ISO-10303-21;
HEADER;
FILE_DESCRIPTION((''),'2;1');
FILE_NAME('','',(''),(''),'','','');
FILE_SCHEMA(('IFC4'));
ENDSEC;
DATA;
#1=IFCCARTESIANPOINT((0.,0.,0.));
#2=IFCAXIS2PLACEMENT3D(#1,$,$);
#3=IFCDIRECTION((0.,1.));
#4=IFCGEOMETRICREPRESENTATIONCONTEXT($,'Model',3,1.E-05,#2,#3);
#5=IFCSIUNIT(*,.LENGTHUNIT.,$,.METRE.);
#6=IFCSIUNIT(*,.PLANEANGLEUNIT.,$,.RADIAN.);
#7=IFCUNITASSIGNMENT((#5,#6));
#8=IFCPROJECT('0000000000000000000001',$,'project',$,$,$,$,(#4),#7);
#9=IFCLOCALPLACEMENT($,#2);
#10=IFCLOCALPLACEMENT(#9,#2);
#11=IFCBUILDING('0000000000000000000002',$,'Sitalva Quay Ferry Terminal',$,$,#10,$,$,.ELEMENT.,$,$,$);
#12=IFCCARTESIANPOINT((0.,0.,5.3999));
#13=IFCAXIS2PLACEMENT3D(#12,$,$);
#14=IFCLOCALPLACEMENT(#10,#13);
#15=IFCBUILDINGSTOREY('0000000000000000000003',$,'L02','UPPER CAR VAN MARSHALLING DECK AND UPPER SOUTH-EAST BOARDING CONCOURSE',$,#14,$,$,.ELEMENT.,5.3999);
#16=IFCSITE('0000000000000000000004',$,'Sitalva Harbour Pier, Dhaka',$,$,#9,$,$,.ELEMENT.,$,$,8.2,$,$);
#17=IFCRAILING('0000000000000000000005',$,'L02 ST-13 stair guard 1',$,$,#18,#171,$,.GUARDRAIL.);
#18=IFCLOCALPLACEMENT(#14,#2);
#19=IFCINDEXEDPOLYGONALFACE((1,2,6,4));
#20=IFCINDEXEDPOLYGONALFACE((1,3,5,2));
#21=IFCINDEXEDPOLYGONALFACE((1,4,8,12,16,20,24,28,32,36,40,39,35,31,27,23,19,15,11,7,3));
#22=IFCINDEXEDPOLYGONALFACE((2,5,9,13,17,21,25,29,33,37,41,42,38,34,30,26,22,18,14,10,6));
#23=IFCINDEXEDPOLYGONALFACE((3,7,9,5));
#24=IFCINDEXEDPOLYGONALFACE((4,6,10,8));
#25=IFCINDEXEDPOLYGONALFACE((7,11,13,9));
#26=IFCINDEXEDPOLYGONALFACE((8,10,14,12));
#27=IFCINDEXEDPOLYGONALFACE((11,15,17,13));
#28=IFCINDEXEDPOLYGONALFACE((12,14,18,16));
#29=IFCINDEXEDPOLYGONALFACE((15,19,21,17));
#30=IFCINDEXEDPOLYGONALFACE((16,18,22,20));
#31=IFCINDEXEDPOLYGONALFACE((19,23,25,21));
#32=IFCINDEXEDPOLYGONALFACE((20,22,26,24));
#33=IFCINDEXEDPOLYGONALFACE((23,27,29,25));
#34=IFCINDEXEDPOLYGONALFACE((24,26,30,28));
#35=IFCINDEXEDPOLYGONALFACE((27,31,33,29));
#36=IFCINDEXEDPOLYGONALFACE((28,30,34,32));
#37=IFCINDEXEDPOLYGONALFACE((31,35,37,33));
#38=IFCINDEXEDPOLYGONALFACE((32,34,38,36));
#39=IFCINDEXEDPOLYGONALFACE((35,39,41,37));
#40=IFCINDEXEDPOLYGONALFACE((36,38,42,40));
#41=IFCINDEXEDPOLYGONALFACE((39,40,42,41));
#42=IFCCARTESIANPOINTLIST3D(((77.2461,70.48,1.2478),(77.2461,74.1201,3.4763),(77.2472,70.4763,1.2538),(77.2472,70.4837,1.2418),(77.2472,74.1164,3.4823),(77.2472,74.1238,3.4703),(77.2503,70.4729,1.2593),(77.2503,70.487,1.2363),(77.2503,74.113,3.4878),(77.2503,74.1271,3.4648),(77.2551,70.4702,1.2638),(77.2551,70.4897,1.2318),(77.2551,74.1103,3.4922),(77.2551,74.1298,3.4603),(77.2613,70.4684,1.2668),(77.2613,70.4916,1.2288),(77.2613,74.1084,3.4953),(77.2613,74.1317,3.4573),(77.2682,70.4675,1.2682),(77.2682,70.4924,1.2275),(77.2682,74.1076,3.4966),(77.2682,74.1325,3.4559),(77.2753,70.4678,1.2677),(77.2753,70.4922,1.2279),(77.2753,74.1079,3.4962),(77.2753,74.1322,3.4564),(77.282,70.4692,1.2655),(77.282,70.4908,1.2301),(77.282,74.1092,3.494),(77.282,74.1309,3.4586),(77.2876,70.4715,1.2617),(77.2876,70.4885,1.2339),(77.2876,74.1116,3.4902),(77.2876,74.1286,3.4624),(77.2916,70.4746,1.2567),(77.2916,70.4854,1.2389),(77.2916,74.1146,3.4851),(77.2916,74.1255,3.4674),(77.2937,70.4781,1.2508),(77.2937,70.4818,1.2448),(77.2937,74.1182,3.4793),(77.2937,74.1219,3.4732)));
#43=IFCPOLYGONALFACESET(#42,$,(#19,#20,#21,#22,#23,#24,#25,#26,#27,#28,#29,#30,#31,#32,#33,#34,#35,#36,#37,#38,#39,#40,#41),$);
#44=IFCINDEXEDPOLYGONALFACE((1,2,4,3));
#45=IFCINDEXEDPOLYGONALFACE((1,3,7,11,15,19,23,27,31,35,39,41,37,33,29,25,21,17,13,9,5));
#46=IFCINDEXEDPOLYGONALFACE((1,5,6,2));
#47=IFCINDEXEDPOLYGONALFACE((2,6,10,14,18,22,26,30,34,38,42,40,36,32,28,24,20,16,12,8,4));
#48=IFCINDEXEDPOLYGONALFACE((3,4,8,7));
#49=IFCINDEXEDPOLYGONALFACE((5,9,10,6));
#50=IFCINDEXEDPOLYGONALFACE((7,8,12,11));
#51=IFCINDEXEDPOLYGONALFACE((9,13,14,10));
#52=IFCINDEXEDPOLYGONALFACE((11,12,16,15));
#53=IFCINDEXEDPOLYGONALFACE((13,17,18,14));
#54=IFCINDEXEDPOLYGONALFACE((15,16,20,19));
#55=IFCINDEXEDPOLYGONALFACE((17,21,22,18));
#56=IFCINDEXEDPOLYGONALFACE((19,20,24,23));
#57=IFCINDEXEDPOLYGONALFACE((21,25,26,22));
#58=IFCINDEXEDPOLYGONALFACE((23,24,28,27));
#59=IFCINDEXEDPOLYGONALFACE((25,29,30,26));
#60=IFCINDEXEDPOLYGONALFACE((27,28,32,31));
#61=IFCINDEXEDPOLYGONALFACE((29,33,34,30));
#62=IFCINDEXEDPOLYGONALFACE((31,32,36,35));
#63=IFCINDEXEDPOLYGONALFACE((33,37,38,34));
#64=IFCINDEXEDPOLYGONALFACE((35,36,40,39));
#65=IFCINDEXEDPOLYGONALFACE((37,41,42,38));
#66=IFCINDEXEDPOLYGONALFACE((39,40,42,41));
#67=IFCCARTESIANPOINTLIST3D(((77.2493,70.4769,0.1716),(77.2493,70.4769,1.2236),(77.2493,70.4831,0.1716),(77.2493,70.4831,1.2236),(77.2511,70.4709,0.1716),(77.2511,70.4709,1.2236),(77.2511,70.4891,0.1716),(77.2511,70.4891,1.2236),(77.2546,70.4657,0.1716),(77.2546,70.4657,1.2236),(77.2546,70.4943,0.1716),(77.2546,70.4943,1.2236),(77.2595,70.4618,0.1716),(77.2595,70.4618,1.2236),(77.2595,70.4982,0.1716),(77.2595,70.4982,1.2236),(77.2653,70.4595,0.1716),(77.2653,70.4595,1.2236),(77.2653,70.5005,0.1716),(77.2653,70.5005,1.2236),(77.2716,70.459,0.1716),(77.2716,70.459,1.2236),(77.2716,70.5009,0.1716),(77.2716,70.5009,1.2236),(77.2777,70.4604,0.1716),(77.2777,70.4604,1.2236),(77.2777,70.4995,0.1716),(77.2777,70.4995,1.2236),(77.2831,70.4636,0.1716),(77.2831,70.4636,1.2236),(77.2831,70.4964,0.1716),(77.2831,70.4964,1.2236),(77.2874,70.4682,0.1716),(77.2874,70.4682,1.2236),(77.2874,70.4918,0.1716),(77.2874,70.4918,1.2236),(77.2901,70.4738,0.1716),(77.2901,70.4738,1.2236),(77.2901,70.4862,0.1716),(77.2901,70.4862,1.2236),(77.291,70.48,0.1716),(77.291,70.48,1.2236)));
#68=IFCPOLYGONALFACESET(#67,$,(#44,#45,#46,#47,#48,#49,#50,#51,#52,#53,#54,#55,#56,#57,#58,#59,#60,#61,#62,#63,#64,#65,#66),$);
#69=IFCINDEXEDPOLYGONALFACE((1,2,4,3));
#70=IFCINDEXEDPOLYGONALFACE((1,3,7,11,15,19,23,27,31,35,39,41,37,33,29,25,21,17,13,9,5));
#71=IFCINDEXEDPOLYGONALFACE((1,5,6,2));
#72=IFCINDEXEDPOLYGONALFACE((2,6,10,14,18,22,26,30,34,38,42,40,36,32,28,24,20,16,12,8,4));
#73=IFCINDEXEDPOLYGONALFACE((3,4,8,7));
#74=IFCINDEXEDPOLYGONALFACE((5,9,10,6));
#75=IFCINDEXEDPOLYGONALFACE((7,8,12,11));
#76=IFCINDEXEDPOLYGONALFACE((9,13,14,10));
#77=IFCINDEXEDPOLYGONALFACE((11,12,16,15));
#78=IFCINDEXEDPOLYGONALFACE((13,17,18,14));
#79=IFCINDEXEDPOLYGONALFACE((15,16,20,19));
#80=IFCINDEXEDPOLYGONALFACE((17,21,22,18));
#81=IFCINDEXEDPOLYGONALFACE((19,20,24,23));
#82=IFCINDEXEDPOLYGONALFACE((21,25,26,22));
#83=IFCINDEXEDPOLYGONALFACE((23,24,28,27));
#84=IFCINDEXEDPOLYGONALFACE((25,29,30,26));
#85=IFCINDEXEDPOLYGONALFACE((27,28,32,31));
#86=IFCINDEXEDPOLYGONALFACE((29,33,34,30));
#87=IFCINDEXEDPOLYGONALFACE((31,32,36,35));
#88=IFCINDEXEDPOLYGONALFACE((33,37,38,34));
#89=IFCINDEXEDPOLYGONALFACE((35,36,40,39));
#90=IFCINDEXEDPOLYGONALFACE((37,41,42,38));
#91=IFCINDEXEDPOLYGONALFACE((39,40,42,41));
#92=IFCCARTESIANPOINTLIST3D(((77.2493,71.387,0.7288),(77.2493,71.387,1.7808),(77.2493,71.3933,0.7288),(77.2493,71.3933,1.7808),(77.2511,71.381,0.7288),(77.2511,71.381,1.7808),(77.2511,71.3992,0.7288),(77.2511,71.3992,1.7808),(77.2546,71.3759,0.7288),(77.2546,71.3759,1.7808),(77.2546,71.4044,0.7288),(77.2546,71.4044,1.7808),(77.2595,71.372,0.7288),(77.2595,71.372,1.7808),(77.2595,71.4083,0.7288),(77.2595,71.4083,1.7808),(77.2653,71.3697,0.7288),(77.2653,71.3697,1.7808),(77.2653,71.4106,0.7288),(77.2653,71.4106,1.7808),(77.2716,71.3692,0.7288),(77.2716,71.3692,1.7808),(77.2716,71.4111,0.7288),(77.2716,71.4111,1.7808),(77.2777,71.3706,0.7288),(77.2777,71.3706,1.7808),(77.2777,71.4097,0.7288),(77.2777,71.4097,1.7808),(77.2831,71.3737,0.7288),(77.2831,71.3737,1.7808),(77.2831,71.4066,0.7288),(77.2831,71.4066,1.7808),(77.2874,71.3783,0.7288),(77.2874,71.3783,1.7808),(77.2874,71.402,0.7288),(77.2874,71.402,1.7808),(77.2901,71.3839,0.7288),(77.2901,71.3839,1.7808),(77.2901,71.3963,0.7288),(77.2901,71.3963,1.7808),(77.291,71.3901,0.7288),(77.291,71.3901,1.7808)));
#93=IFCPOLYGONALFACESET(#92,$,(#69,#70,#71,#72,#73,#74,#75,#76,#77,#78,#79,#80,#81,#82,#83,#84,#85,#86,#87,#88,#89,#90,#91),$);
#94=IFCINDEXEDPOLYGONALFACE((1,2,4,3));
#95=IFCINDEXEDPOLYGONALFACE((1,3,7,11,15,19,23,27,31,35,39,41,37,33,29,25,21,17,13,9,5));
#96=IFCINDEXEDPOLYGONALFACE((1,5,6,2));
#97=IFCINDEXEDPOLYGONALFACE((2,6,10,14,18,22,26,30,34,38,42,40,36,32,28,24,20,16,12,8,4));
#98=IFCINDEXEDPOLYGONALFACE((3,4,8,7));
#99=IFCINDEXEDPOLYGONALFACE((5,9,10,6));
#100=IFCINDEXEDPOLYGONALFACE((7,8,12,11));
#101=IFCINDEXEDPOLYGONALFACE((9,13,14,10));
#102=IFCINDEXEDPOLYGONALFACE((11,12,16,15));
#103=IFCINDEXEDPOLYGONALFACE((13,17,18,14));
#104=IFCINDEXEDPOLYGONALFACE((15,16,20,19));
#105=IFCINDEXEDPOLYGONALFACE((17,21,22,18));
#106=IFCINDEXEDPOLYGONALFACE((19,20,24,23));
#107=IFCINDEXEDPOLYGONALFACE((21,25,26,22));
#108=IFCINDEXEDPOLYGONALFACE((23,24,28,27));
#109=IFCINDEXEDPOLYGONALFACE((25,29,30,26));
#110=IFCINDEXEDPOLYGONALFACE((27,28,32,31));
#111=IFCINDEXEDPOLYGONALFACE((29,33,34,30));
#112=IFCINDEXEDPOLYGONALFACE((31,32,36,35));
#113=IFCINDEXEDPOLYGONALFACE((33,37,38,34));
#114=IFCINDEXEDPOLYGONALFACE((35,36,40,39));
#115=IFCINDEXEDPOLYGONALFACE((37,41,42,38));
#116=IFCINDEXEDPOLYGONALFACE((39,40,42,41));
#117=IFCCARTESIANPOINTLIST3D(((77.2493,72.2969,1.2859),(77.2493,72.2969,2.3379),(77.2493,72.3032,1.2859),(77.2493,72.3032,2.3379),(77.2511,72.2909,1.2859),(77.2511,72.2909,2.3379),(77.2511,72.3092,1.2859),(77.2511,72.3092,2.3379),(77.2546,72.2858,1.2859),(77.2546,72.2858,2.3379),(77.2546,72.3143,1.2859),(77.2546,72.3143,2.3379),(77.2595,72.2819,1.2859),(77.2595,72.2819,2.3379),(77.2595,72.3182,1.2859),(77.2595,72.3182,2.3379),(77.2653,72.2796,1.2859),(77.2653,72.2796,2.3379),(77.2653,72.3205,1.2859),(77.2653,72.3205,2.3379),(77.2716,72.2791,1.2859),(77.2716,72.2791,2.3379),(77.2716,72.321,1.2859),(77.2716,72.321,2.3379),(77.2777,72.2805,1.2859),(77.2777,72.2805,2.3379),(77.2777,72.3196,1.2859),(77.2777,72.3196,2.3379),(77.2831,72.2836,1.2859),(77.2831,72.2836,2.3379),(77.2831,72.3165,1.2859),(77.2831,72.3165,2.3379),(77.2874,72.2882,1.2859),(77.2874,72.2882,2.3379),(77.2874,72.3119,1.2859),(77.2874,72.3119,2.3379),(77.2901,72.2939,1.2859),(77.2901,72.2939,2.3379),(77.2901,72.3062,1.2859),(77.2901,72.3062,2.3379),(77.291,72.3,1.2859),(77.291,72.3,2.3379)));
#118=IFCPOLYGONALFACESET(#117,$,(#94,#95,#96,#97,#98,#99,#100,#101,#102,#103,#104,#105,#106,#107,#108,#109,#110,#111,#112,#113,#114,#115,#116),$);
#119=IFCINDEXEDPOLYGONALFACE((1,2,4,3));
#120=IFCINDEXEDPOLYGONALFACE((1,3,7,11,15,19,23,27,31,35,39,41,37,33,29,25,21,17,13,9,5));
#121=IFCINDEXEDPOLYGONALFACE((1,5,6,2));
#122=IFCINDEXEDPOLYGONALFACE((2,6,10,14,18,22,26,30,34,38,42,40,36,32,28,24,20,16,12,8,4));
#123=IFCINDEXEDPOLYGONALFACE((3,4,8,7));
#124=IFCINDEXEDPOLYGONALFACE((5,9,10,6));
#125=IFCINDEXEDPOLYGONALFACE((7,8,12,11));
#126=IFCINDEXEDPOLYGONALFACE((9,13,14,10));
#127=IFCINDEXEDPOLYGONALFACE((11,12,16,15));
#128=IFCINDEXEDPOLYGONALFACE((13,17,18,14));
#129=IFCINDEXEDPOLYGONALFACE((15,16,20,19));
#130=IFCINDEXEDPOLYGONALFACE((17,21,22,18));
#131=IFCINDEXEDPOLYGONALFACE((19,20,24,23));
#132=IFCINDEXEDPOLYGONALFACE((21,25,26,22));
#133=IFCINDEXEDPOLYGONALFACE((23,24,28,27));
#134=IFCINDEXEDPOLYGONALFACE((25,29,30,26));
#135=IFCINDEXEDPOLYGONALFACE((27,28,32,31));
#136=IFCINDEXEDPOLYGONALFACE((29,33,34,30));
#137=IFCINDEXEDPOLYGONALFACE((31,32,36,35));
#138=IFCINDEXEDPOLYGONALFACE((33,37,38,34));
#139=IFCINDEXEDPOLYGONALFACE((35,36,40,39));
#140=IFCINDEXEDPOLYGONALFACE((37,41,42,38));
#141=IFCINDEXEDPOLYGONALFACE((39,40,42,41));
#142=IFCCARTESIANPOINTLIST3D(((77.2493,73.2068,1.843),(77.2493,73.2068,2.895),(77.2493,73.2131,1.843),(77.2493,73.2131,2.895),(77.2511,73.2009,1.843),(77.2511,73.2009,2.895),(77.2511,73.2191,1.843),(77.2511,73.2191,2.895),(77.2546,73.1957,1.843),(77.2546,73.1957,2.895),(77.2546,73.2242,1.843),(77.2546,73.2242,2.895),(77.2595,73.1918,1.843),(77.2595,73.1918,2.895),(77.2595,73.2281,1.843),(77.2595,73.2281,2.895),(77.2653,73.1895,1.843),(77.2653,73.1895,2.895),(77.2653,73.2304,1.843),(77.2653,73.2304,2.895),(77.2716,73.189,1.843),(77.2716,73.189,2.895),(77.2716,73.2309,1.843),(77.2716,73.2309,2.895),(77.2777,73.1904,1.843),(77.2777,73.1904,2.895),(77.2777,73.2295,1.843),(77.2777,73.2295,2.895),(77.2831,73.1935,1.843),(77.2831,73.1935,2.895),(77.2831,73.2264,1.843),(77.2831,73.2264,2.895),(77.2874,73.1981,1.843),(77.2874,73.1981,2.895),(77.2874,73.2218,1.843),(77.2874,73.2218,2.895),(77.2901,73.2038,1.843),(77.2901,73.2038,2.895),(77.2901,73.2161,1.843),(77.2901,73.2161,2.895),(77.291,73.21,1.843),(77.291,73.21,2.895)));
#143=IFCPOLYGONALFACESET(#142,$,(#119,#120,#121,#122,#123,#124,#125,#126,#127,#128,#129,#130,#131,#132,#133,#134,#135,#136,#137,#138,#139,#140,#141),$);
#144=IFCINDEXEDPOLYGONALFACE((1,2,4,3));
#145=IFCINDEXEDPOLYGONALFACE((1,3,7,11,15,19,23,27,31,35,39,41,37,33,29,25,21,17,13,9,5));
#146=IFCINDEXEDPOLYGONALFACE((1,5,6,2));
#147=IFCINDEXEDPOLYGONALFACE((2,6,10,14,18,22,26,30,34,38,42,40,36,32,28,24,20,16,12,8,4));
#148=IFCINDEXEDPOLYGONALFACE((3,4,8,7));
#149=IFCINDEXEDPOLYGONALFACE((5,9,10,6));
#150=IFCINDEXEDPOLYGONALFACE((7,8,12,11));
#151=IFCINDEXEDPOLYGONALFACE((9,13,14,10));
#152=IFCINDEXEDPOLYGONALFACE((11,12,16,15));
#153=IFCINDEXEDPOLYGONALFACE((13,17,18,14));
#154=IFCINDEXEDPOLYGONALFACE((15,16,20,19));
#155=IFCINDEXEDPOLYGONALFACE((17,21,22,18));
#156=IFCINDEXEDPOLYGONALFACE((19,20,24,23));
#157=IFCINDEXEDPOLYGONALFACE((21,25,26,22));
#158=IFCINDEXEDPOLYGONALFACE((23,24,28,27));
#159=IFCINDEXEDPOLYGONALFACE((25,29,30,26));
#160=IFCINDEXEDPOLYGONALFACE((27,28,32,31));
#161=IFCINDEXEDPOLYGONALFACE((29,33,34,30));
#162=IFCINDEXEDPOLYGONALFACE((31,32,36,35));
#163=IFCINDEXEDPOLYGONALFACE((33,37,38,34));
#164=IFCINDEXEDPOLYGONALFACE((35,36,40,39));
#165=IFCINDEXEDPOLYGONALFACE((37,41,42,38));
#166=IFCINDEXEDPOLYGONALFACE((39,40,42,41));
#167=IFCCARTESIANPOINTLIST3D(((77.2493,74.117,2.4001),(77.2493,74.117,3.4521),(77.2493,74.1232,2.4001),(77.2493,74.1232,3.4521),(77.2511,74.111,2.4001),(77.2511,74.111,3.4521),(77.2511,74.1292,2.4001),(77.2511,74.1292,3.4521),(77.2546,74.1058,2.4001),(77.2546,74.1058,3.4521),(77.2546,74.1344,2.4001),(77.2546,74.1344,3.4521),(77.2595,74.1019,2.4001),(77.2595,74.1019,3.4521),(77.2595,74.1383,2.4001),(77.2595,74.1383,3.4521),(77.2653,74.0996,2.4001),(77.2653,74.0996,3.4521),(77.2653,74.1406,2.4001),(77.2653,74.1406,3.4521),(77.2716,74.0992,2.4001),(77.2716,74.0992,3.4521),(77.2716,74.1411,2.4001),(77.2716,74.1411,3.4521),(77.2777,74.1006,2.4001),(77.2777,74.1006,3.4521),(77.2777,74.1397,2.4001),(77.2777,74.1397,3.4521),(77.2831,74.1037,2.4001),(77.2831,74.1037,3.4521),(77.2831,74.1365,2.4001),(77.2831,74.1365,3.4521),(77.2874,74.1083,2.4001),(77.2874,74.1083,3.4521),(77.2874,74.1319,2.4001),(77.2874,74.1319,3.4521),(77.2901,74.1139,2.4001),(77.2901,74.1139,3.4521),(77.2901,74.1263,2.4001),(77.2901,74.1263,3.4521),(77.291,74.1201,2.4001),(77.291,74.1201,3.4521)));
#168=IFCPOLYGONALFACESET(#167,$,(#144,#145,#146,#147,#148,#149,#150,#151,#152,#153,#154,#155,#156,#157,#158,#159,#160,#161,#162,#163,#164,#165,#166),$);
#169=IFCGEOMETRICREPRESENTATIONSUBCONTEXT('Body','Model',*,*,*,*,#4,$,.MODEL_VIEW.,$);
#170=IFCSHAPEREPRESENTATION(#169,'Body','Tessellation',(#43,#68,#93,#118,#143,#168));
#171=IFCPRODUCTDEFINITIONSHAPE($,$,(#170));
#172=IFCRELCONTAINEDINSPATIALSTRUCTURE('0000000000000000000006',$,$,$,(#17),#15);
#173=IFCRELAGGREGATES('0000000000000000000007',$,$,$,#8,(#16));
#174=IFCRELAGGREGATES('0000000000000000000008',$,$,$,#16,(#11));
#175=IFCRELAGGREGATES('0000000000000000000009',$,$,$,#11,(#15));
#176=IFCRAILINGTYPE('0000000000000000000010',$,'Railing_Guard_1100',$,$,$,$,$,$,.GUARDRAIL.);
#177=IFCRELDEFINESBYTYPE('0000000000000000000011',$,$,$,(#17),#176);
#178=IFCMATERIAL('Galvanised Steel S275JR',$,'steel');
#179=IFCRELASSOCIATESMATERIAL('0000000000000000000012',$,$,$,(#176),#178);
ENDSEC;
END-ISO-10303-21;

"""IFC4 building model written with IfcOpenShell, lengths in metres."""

from ifc_helpers import new_model, si_unit, direction, frame, origin, origin_2d, place, context, subcontext, project, spatial, circle, extrude, material, type_object, element, save


model = new_model("IFC4")

# Units and contexts
model_context = context("Model", 3, precision=1e-05, world=origin(), true_north=direction((0.0, 1.0)))
body_context = subcontext(model_context, "Body", "Model", "MODEL_VIEW")
ifc_project = project(units=[si_unit("LENGTHUNIT", "METRE"), si_unit("PLANEANGLEUNIT", "RADIAN")], contexts=[model_context])

# Site, building, storey
site_placement = place(None, origin())
site = spatial("IfcSite", under=ifc_project, at=site_placement, Name="Sitalva Harbour Pier, Dhaka", CompositionType="ELEMENT", RefElevation=8.2)
building_placement = place(site_placement, origin())
building = spatial("IfcBuilding", under=site, at=building_placement, Name="Sitalva Quay Ferry Terminal", CompositionType="ELEMENT")
storey_placement = place(building_placement, frame((0.0, 0.0, 5.3999)))
storey = spatial("IfcBuildingStorey", under=building, at=storey_placement, Name="L02", Description="UPPER CAR VAN MARSHALLING DECK AND UPPER SOUTH-EAST BOARDING CONCOURSE", CompositionType="ELEMENT", Elevation=5.3999)

# Railing
ifc_material_1 = material(Name="Galvanised Steel S275JR", Category="steel")
railing_type_1 = type_object("IfcRailingType", Name="Railing_Guard_1100", PredefinedType="GUARDRAIL", material=ifc_material_1)
railing_1_placement = place(storey_placement, frame((77.27, 70.48, 0.1716)))
element("IfcRailing", 1, at=railing_1_placement, inside=storey, type_object=railing_type_1, Name="L02 ST-13 stair guard 1", PredefinedType="GUARDRAIL", context=body_context, shape_type="SweptSolid", body=[
    extrude(circle(Radius=0.0239, at=origin_2d()), frame((0.0, 0.0, 1.0762), z_axis=(0.0, 0.852866, 0.52213), x_axis=(-1.0, 0.0, 0.0)), (0.0, 0.0, 1.0), 4.2681),
    extrude(circle(Radius=0.021, at=origin_2d()), origin(), (0.0, 0.0, 1.0), 1.052),
    extrude(circle(Radius=0.021, at=origin_2d()), frame((0.0, 0.9102, 0.5571)), (0.0, 0.0, 1.0), 1.052),
    extrude(circle(Radius=0.021, at=origin_2d()), frame((0.0, 1.8201, 1.1143)), (0.0, 0.0, 1.0), 1.052),
    extrude(circle(Radius=0.021, at=origin_2d()), frame((0.0, 2.73, 1.6714)), (0.0, 0.0, 1.0), 1.052),
    extrude(circle(Radius=0.021, at=origin_2d()), frame((0.0, 3.6401, 2.2285)), (0.0, 0.0, 1.0), 1.052),
])

save(model, "model.ifc")
